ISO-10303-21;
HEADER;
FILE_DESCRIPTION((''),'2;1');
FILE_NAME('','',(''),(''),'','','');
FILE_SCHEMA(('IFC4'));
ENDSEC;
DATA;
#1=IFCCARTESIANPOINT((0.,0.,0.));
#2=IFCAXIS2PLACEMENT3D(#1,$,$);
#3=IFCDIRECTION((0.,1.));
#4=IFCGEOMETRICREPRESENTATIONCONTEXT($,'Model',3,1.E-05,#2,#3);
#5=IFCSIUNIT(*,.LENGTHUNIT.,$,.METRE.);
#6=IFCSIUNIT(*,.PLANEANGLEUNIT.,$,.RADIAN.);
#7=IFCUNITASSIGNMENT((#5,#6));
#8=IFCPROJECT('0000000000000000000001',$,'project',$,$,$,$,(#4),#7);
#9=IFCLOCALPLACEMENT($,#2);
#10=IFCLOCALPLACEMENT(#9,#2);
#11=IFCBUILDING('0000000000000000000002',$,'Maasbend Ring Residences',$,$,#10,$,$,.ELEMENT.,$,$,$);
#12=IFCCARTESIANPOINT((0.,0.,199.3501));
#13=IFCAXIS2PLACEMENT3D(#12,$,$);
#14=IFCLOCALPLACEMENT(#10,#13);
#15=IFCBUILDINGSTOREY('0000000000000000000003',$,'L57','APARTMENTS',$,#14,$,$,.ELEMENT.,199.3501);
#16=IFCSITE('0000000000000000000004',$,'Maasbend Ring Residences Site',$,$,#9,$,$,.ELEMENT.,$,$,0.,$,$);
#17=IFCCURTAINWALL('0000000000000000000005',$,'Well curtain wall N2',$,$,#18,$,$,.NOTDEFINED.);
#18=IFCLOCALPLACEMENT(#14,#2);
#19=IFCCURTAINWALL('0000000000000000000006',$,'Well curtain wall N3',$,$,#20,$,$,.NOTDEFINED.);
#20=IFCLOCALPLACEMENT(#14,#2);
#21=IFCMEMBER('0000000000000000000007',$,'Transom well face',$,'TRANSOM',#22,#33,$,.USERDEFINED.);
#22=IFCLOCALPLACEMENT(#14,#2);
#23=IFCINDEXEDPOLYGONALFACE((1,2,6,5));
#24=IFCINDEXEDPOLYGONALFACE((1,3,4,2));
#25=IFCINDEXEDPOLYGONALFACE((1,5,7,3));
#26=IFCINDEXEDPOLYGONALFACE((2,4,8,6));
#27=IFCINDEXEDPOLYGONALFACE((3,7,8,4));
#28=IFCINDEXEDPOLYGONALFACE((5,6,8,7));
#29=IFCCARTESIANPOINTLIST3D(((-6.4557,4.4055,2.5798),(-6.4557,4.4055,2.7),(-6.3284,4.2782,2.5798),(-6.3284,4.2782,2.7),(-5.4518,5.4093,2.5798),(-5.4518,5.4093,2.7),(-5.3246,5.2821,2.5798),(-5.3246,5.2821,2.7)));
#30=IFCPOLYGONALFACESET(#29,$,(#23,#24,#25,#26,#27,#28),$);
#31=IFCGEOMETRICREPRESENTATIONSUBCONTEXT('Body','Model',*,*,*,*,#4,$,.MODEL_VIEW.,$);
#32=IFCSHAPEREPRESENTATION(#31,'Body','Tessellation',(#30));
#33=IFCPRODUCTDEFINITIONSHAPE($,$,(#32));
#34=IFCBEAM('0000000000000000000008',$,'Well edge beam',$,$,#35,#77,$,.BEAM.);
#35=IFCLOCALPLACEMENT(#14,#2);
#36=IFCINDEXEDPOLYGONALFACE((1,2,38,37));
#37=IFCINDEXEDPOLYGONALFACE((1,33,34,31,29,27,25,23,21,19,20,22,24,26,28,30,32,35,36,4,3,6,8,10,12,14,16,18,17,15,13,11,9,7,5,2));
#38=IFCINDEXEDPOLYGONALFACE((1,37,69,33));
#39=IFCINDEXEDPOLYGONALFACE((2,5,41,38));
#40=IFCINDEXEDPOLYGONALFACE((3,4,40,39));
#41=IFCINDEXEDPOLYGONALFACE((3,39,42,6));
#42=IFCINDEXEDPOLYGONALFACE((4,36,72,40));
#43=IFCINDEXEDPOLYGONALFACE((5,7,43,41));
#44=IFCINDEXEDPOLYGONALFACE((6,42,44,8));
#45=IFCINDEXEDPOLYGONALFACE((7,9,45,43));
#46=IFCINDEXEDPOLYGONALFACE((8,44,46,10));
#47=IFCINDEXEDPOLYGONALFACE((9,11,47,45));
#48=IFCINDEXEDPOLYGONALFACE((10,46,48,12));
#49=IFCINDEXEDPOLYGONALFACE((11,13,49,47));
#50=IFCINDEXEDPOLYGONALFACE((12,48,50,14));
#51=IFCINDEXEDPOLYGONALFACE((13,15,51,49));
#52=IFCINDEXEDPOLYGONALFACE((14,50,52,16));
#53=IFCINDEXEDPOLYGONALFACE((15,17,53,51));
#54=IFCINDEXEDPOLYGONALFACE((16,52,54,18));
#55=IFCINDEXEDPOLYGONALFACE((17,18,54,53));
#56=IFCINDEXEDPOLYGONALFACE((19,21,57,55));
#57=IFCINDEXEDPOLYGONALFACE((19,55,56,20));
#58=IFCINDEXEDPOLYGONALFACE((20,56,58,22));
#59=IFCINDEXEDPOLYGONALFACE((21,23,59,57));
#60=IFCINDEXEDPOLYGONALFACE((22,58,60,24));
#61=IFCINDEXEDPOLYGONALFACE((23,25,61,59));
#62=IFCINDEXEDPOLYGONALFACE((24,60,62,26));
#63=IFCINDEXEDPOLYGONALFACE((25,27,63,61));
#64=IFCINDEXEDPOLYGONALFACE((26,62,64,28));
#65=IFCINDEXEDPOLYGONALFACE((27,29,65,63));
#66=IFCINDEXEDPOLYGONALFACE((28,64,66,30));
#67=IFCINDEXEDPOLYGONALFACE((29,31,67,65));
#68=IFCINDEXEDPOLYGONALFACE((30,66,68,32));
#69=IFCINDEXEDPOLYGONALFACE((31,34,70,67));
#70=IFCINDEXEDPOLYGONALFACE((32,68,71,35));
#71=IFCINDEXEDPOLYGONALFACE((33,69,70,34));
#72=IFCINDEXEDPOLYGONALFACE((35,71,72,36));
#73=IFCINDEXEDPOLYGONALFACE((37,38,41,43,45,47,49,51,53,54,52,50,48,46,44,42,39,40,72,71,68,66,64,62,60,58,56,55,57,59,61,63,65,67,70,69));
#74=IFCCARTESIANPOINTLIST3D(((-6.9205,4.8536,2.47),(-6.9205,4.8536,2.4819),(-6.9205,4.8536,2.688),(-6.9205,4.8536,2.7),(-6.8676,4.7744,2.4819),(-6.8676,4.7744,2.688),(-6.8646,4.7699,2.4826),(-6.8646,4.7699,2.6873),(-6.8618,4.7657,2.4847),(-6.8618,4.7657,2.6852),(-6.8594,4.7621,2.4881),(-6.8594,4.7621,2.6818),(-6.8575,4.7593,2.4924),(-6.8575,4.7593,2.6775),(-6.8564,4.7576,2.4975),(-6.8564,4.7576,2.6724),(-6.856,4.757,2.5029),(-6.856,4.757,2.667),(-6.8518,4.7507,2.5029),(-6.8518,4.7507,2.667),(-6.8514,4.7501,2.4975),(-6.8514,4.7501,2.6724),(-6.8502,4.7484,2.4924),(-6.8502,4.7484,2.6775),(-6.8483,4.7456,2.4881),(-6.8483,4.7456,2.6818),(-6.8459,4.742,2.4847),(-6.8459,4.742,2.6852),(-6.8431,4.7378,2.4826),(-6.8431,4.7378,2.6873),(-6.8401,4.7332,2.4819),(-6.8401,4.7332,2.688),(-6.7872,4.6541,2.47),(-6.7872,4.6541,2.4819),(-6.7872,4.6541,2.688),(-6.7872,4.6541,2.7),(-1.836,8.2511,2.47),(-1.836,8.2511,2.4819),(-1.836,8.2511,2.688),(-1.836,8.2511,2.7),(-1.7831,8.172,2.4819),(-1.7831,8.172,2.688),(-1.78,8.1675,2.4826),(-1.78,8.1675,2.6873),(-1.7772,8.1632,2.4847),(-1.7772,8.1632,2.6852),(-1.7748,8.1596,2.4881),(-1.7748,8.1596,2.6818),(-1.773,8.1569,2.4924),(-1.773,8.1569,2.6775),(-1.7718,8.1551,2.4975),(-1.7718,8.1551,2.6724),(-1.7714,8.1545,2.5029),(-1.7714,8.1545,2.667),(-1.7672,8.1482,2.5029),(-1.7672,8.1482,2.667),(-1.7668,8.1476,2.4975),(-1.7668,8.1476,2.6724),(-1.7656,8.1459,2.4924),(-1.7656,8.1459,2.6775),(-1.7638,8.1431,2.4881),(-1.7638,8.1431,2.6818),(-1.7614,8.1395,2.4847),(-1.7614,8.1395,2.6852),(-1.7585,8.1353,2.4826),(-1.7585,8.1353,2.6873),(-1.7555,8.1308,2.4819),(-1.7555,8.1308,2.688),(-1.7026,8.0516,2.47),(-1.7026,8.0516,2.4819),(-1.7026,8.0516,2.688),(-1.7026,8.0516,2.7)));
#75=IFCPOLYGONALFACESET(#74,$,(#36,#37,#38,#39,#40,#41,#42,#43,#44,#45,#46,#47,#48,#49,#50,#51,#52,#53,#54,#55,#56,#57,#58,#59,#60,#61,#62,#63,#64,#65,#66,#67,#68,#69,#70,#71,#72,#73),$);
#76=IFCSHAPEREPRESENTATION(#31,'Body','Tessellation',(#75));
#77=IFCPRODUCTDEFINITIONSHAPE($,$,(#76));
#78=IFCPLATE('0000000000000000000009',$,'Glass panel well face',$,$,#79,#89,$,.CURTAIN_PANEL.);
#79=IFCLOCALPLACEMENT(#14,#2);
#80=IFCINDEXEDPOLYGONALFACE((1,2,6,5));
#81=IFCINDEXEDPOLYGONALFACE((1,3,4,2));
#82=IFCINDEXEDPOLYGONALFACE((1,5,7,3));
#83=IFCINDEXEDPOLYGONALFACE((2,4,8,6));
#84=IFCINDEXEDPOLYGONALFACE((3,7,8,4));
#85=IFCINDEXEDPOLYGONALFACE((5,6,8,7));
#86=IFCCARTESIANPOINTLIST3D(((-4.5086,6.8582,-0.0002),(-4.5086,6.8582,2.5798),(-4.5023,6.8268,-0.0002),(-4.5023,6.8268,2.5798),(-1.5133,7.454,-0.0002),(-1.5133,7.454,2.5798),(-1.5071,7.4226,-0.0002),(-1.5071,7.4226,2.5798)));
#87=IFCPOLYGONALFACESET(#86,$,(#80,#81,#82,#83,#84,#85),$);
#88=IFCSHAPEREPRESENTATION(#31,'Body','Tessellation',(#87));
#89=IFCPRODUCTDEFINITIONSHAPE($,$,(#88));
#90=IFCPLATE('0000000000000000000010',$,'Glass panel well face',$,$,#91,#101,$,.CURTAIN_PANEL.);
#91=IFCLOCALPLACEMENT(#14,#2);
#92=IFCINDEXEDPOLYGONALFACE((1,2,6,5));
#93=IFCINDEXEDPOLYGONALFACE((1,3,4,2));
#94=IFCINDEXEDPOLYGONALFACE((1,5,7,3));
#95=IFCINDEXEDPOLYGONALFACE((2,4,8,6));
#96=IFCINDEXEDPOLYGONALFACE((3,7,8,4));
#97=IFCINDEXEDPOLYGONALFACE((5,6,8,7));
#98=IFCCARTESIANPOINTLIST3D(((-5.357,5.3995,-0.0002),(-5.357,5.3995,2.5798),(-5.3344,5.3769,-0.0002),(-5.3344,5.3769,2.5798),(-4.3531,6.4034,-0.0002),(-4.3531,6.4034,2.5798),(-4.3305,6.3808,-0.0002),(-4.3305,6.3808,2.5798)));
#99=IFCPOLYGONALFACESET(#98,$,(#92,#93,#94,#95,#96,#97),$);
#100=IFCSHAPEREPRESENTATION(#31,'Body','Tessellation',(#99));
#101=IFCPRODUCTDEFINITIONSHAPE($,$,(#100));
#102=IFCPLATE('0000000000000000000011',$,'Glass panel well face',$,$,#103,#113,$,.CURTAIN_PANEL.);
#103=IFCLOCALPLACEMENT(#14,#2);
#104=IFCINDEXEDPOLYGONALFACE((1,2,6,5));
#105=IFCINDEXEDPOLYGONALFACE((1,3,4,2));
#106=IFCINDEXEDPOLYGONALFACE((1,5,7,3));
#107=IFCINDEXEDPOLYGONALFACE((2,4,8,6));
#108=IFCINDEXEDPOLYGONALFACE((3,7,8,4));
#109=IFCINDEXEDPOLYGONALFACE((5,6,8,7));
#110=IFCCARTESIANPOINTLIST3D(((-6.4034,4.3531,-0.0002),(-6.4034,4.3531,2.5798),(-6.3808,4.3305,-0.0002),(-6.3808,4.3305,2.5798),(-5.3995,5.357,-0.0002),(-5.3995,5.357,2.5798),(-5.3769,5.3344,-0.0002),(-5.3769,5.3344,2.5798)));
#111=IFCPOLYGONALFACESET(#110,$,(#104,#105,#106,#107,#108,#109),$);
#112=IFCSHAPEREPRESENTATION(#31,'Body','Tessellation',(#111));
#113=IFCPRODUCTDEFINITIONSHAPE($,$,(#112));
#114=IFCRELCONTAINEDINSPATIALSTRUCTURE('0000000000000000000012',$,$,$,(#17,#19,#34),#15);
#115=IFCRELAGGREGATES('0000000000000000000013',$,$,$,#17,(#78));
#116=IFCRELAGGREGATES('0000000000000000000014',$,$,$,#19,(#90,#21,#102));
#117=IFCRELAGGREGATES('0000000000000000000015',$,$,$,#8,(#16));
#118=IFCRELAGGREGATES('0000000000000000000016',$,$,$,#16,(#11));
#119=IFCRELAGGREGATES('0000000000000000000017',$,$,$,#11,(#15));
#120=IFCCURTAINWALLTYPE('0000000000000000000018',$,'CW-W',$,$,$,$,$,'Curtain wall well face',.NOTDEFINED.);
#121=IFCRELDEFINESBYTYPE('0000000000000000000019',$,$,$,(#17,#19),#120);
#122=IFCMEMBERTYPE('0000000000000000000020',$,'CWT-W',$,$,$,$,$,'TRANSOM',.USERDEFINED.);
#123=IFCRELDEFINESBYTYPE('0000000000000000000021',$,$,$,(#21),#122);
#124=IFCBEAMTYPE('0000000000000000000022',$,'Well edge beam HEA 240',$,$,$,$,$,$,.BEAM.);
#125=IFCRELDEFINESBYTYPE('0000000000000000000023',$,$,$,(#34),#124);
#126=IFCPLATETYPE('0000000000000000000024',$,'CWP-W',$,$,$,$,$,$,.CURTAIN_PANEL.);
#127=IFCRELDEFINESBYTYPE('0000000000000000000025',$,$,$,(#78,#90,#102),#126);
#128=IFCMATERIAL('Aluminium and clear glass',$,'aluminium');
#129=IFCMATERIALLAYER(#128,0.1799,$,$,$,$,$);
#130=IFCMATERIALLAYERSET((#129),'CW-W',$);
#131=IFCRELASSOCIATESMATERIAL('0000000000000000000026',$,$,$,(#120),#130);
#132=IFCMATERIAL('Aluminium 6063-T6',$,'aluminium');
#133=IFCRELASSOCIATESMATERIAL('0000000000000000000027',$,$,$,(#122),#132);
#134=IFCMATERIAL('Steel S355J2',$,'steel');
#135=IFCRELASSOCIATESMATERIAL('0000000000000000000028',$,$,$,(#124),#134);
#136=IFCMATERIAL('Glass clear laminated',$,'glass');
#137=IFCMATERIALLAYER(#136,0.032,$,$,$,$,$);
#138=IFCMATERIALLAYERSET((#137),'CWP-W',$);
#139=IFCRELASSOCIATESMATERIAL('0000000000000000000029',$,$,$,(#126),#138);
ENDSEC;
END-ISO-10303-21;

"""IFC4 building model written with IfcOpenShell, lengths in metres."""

from ifc_helpers import new_model, si_unit, direction, frame, origin, origin_2d, place, context, subcontext, project, spatial, rectangle, i_section, extrude, material, layer, layer_set, material_profile, profile_set, type_object, element, aggregate, save


model = new_model("IFC4")

# Units and contexts
model_context = context("Model", 3, precision=1e-05, world=origin(), true_north=direction((0.0, 1.0)))
body_context = subcontext(model_context, "Body", "Model", "MODEL_VIEW")
ifc_project = project(units=[si_unit("LENGTHUNIT", "METRE"), si_unit("PLANEANGLEUNIT", "RADIAN")], contexts=[model_context])

# Site, building, storey
site_placement = place(None, origin())
site = spatial("IfcSite", under=ifc_project, at=site_placement, Name="Maasbend Ring Residences Site", CompositionType="ELEMENT", RefElevation=0.0)
building_placement = place(site_placement, origin())
building = spatial("IfcBuilding", under=site, at=building_placement, Name="Maasbend Ring Residences", CompositionType="ELEMENT")
storey_placement = place(building_placement, frame((0.0, 0.0, 199.3501)))
storey = spatial("IfcBuildingStorey", under=building, at=storey_placement, Name="L57", Description="APARTMENTS", CompositionType="ELEMENT", Elevation=199.3501)

# Curtain walls
ifc_material_1 = material(Name="Aluminium and clear glass", Category="aluminium")
ifc_layer_1 = layer(ifc_material_1, 0.1799)
ifc_layer_set_1 = layer_set([ifc_layer_1], Name="CW-W")
curtain_wall_type = type_object("IfcCurtainWallType", Name="CW-W", ElementType="Curtain wall well face", PredefinedType="NOTDEFINED", material=ifc_layer_set_1)
curtain_wall_1_placement = place(storey_placement, origin())
curtain_wall_1 = element("IfcCurtainWall", 1, at=curtain_wall_1_placement, inside=storey, type_object=curtain_wall_type, Name="Well curtain wall N2", PredefinedType="NOTDEFINED")
curtain_wall_2_placement = place(storey_placement, origin())
curtain_wall_2 = element("IfcCurtainWall", 2, at=curtain_wall_2_placement, inside=storey, type_object=curtain_wall_type, Name="Well curtain wall N3", PredefinedType="NOTDEFINED")

# Member
ifc_material_2 = material(Name="Aluminium 6063-T6", Category="aluminium")
ifc_material_profile_1 = material_profile(ifc_material_2, rectangle(XDim=0.1799, YDim=0.1201, at=origin_2d()), Name="AL 180x120")
ifc_profile_set_1 = profile_set([ifc_material_profile_1], Name="Aluminium 6063-T6")
member_type_1 = type_object("IfcMemberType", Name="CWT-W", ElementType="TRANSOM", PredefinedType="USERDEFINED", material=ifc_profile_set_1)
member_1_placement = place(storey_placement, frame((-5.3882, 5.3457, 2.6399), z_axis=(-0.707107, -0.707107, 0.0), x_axis=(0.707107, -0.707107, 0.0)))
member_1 = element("IfcMember", 3, at=member_1_placement, type_object=member_type_1, Name="Transom well face", ObjectType="TRANSOM", PredefinedType="USERDEFINED", context=body_context, shape_type="SweptSolid", body=[
    extrude(rectangle(XDim=0.1799, YDim=0.1201, at=origin_2d()), origin(), (0.0, 0.0, 1.0), 1.4197),
])

# Beam
ifc_material_3 = material(Name="Steel S355J2", Category="steel")
ifc_material_profile_2 = material_profile(ifc_material_3, i_section(OverallWidth=0.24, OverallDepth=0.23, WebThickness=0.0076, FlangeThickness=0.012, FilletRadius=0.021, at=origin_2d()), Name="HEA 240")
ifc_profile_set_2 = profile_set([ifc_material_profile_2], Name="Steel S355J2")
beam_type = type_object("IfcBeamType", Name="Well edge beam HEA 240", PredefinedType="BEAM", material=ifc_profile_set_2)
beam_placement = place(storey_placement, frame((-1.7693, 8.1514, 2.585), z_axis=(-0.83146, -0.555584, 0.0), x_axis=(0.555584, -0.83146, 0.0)))
element("IfcBeam", 4, at=beam_placement, inside=storey, type_object=beam_type, Name="Well edge beam", PredefinedType="BEAM", context=body_context, shape_type="SweptSolid", body=[
    extrude(i_section(OverallWidth=0.24, OverallDepth=0.23, WebThickness=0.0076, FlangeThickness=0.012, FilletRadius=0.021, at=origin_2d()), origin(), (0.0, 0.0, 1.0), 6.1152),
])

# Plates
ifc_material_4 = material(Name="Glass clear laminated", Category="glass")
ifc_layer_2 = layer(ifc_material_4, 0.032)
ifc_layer_set_2 = layer_set([ifc_layer_2], Name="CWP-W")
plate_type = type_object("IfcPlateType", Name="CWP-W", PredefinedType="CURTAIN_PANEL", material=ifc_layer_set_2)
plate_1_placement = place(storey_placement, frame((-3.0078, 7.1404, -0.0002), z_axis=(0.0, 0.0, 1.0), x_axis=(-0.980785, -0.19509, 0.0)))
plate_1 = element("IfcPlate", 5, at=plate_1_placement, type_object=plate_type, Name="Glass panel well face", PredefinedType="CURTAIN_PANEL", context=body_context, shape_type="SweptSolid", body=[
    extrude(rectangle(XDim=3.054, YDim=0.032, at=origin_2d()), origin(), (0.0, 0.0, 1.0), 2.5801),
])
aggregate(curtain_wall_1, [plate_1])
plate_2_placement = place(storey_placement, frame((-4.8438, 5.8901, -0.0002), z_axis=(0.0, 0.0, 1.0), x_axis=(-0.707107, -0.707107, 0.0)))
plate_2 = element("IfcPlate", 6, at=plate_2_placement, type_object=plate_type, Name="Glass panel well face", PredefinedType="CURTAIN_PANEL", context=body_context, shape_type="SweptSolid", body=[
    extrude(rectangle(XDim=1.4197, YDim=0.032, at=origin_2d()), origin(), (0.0, 0.0, 1.0), 2.5801),
])
plate_3_placement = place(storey_placement, frame((-5.8901, 4.8438, -0.0002), z_axis=(0.0, 0.0, 1.0), x_axis=(-0.707107, -0.707107, 0.0)))
plate_3 = element("IfcPlate", 7, at=plate_3_placement, type_object=plate_type, Name="Glass panel well face", PredefinedType="CURTAIN_PANEL", context=body_context, shape_type="SweptSolid", body=[
    extrude(rectangle(XDim=1.4197, YDim=0.032, at=origin_2d()), origin(), (0.0, 0.0, 1.0), 2.5801),
])
aggregate(curtain_wall_2, [plate_2, member_1, plate_3])

save(model, "model.ifc")
